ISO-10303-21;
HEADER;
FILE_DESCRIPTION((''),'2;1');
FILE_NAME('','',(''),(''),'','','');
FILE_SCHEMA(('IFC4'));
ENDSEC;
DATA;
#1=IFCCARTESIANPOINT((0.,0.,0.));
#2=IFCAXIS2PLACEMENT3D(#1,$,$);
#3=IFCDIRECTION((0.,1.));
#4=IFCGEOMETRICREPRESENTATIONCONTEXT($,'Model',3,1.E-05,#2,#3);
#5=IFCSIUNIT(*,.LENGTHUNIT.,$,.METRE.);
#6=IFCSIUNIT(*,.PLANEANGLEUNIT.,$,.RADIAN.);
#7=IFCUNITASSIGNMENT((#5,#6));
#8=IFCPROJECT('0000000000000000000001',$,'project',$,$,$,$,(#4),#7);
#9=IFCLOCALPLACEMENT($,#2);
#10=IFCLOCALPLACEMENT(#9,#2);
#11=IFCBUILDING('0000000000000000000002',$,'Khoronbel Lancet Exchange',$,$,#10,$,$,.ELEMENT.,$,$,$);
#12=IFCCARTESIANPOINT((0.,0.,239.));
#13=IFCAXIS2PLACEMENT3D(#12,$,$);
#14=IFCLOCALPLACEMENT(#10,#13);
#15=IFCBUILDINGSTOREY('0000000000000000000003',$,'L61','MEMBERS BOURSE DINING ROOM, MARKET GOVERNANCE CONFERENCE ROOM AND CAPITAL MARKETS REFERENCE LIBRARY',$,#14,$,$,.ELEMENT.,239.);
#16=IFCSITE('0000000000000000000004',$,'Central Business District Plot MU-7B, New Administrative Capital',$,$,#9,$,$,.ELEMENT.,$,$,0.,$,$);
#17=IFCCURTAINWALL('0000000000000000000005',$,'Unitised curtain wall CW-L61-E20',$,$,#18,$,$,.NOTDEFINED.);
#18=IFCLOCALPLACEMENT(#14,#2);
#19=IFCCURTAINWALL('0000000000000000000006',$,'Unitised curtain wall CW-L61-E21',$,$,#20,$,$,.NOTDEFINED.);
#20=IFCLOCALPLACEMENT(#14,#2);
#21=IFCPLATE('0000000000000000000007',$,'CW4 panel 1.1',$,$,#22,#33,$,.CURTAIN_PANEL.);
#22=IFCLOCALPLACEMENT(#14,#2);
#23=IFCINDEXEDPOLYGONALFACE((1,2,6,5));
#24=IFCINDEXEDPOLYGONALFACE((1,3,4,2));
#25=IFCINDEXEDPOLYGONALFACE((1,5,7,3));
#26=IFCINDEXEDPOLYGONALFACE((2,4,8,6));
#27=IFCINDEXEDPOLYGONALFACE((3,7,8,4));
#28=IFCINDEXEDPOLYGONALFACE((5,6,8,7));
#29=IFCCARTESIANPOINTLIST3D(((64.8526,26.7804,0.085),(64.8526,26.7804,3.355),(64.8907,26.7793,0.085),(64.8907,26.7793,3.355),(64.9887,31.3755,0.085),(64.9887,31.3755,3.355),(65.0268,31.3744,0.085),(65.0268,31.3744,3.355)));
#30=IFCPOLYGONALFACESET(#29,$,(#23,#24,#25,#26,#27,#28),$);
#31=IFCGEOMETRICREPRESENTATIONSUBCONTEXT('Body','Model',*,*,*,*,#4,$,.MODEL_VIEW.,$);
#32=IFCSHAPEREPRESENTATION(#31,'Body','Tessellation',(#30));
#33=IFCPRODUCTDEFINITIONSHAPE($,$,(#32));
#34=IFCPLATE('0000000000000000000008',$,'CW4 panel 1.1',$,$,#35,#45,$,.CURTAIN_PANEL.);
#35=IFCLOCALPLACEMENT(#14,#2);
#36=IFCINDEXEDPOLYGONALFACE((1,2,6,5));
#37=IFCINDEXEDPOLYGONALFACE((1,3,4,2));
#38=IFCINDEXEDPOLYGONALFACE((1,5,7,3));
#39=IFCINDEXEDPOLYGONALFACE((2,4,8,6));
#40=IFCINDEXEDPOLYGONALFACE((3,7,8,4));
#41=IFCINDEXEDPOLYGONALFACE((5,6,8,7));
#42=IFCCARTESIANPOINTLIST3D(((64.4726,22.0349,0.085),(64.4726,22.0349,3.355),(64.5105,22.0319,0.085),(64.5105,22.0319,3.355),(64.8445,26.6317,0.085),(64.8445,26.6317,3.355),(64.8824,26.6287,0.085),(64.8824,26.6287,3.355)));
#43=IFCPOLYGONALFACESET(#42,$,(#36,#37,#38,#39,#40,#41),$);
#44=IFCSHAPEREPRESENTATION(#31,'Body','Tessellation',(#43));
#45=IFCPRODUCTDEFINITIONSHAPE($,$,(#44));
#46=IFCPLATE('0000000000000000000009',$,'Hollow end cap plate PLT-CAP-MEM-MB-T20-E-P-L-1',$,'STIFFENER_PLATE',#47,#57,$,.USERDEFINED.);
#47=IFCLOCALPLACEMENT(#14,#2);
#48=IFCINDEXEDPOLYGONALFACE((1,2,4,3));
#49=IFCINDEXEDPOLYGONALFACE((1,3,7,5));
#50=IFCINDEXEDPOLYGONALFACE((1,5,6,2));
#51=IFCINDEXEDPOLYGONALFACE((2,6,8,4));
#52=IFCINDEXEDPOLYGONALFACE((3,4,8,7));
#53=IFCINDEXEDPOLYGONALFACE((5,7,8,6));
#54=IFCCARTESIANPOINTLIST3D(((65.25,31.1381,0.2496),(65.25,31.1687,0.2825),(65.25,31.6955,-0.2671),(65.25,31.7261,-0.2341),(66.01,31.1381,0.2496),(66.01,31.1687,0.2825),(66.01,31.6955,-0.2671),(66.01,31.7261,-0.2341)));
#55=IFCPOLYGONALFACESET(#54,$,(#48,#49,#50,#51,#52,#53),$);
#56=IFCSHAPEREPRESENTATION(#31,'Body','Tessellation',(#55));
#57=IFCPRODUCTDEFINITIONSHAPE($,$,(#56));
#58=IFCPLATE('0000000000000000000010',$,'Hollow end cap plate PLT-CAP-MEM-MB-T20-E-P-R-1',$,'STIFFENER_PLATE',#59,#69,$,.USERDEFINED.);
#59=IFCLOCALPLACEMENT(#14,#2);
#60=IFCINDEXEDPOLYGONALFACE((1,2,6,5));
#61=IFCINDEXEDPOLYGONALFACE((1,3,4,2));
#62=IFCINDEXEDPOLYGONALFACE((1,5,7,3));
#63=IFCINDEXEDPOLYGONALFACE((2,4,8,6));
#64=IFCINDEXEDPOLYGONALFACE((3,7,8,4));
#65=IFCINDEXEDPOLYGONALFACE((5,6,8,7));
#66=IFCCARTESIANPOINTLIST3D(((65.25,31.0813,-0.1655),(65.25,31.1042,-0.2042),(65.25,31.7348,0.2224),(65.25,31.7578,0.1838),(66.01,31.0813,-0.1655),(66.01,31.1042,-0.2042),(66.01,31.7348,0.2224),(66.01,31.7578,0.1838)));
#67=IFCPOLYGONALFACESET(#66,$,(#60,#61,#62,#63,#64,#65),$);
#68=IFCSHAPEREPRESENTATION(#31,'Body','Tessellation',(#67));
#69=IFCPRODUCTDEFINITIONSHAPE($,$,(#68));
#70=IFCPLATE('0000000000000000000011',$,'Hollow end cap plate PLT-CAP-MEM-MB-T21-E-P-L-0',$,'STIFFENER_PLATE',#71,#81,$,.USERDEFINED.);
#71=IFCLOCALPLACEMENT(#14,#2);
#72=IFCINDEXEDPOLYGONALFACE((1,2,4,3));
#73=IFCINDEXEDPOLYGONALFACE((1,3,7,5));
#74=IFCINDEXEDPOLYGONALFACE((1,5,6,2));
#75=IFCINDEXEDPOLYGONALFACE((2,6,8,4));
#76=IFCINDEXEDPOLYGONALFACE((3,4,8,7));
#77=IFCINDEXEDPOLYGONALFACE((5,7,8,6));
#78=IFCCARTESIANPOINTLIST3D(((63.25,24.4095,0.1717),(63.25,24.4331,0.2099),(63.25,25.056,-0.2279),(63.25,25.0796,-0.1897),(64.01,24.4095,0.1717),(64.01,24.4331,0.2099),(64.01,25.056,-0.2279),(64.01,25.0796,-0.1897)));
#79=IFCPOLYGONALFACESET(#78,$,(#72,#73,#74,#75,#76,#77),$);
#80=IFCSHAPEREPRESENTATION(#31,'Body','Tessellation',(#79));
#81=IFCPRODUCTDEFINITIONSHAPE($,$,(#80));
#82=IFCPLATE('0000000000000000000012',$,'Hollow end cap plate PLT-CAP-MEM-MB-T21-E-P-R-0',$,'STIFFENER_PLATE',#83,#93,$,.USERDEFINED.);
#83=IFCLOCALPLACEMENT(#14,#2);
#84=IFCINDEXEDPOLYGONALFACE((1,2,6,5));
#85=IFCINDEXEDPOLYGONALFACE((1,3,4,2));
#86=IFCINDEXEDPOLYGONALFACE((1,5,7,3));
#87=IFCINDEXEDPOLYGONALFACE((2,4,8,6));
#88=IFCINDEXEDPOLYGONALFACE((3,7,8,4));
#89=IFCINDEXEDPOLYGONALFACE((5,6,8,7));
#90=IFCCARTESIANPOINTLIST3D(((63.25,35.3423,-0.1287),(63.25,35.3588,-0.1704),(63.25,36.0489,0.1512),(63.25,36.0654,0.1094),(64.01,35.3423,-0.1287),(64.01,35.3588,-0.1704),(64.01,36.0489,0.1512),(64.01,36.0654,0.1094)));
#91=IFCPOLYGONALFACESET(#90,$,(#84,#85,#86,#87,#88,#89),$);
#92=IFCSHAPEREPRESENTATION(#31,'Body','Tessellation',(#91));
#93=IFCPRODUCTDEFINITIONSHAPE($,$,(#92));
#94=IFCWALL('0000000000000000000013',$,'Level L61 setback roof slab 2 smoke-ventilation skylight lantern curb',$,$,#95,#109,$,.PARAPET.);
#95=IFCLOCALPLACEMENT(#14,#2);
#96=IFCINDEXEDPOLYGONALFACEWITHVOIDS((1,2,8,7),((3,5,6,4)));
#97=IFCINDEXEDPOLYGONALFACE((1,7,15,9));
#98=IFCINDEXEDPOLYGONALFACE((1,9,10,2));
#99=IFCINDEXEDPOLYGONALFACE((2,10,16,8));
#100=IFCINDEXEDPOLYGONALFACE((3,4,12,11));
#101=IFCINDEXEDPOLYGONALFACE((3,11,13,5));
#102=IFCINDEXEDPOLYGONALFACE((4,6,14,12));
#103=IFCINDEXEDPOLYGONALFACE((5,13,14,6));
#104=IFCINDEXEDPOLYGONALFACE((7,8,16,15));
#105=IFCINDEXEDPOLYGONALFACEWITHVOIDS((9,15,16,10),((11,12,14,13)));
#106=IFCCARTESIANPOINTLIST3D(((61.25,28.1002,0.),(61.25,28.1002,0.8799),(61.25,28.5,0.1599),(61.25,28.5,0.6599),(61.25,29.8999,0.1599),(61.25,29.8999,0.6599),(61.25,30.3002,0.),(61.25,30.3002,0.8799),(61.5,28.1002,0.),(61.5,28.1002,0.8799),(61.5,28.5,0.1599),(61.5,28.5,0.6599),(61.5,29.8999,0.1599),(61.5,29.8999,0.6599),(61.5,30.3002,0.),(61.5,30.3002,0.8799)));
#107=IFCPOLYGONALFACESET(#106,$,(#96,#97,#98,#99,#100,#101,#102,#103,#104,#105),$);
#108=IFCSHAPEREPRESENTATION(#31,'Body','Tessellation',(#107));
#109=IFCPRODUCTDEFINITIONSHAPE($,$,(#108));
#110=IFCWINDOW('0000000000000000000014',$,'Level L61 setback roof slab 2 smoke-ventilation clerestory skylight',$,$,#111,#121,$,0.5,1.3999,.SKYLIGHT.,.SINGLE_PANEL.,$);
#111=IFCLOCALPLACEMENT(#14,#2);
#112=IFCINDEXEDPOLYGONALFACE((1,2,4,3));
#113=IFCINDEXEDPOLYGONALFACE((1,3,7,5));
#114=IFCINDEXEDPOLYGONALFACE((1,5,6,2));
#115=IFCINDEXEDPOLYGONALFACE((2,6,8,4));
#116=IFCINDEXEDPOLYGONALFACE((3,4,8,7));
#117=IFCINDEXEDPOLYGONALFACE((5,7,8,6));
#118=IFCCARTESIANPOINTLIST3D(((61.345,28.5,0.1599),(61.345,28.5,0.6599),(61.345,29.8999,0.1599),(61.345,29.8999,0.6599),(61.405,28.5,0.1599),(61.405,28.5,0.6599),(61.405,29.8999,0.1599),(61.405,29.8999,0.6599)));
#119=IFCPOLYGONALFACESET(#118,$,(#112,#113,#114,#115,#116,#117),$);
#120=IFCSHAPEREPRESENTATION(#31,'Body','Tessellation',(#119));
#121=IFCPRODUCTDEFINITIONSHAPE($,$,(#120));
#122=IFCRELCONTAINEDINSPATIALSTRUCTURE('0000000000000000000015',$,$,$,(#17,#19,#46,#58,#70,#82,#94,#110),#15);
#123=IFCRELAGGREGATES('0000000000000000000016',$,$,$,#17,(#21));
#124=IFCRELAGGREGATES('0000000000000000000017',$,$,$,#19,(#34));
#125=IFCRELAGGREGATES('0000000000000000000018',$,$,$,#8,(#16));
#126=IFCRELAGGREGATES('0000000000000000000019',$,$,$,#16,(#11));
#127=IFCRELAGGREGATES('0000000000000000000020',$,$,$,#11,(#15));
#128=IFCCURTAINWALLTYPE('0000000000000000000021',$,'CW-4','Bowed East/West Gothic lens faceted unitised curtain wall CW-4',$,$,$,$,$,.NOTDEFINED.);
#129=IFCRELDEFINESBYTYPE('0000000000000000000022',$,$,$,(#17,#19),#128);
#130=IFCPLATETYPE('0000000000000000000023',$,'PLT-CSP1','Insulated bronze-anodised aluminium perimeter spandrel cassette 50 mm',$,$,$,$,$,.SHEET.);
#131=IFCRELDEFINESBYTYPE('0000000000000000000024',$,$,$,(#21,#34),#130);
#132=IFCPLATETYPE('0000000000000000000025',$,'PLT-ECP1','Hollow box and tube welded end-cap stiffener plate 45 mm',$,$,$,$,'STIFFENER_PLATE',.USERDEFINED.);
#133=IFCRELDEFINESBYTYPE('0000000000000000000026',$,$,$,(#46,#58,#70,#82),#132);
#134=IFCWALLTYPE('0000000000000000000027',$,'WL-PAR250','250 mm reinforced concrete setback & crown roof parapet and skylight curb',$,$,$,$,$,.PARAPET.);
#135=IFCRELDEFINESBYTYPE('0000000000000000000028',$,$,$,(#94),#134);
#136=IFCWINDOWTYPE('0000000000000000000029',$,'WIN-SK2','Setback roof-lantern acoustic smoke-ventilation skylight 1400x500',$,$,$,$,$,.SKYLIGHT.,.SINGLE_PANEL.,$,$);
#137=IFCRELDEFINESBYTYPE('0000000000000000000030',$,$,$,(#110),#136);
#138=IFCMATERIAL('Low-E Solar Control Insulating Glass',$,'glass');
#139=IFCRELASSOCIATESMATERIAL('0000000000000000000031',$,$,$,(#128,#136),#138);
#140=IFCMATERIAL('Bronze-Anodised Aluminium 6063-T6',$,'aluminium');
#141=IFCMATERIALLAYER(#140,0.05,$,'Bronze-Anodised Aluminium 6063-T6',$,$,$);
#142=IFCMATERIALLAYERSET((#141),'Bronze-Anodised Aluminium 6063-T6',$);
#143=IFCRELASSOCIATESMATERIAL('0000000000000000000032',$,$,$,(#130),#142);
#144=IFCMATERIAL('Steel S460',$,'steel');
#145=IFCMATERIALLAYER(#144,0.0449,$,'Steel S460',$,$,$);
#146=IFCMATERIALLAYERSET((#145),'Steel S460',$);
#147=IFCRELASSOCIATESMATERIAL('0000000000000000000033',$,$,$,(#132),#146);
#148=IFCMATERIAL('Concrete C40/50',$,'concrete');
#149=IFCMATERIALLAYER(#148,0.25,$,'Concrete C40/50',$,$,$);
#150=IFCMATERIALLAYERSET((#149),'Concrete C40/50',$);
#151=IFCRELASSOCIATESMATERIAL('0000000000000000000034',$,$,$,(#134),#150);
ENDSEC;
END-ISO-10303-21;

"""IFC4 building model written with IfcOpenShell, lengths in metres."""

from ifc_helpers import new_model, si_unit, direction, frame, frame_2d, origin, origin_2d, place, context, subcontext, project, spatial, polyline, rectangle, outline, extrude, material, layer, layer_set, type_object, element, fill, aggregate, save


model = new_model("IFC4")

# Units and contexts
model_context = context("Model", 3, precision=1e-05, world=origin(), true_north=direction((0.0, 1.0)))
body_context = subcontext(model_context, "Body", "Model", "MODEL_VIEW")
ifc_project = project(units=[si_unit("LENGTHUNIT", "METRE"), si_unit("PLANEANGLEUNIT", "RADIAN")], contexts=[model_context])

# Site, building, storey
site_placement = place(None, origin())
site = spatial("IfcSite", under=ifc_project, at=site_placement, Name="Central Business District Plot MU-7B, New Administrative Capital", CompositionType="ELEMENT", RefElevation=0.0)
building_placement = place(site_placement, origin())
building = spatial("IfcBuilding", under=site, at=building_placement, Name="Khoronbel Lancet Exchange", CompositionType="ELEMENT")
storey_placement = place(building_placement, frame((0.0, 0.0, 239.0)))
storey = spatial("IfcBuildingStorey", under=building, at=storey_placement, Name="L61", Description="MEMBERS BOURSE DINING ROOM, MARKET GOVERNANCE CONFERENCE ROOM AND CAPITAL MARKETS REFERENCE LIBRARY", CompositionType="ELEMENT", Elevation=239.0)

# Shared definitions
ifc_material_1 = material(Name="Low-E Solar Control Insulating Glass", Category="glass")
curtain_wall_type = type_object("IfcCurtainWallType", Name="CW-4", Description="Bowed East/West Gothic lens faceted unitised curtain wall CW-4", PredefinedType="NOTDEFINED", material=ifc_material_1)
ifc_material_2 = material(Name="Bronze-Anodised Aluminium 6063-T6", Category="aluminium")

# Curtain wall
curtain_wall_1_placement = place(storey_placement, origin())
curtain_wall_1 = element("IfcCurtainWall", 1, at=curtain_wall_1_placement, inside=storey, type_object=curtain_wall_type, Name="Unitised curtain wall CW-L61-E20", PredefinedType="NOTDEFINED")

# Curtain wall
curtain_wall_2_placement = place(storey_placement, origin())
curtain_wall_2 = element("IfcCurtainWall", 2, at=curtain_wall_2_placement, inside=storey, type_object=curtain_wall_type, Name="Unitised curtain wall CW-L61-E21", PredefinedType="NOTDEFINED")

# Shared definitions
ifc_material_3 = material(Name="Steel S460", Category="steel")

# Plates
ifc_layer_1 = layer(ifc_material_2, 0.05, Name="Bronze-Anodised Aluminium 6063-T6")
ifc_layer_set_1 = layer_set([ifc_layer_1], Name="Bronze-Anodised Aluminium 6063-T6")
plate_type_1 = type_object("IfcPlateType", Name="PLT-CSP1", Description="Insulated bronze-anodised aluminium perimeter spandrel cassette 50 mm", PredefinedType="SHEET", material=ifc_layer_set_1)
plate_1_placement = place(storey_placement, frame((64.9397, 29.0774, 0.085), z_axis=(0.0, 0.0, 1.0), x_axis=(-0.029618, -0.999561, 0.0)))
plate_1 = element("IfcPlate", 3, at=plate_1_placement, type_object=plate_type_1, Name="CW4 panel 1.1", PredefinedType="CURTAIN_PANEL", context=body_context, shape_type="SweptSolid", body=[
    extrude(rectangle(XDim=4.5972, YDim=0.0381, at=origin_2d()), origin(), (0.0, 0.0, 1.0), 3.27),
])
aggregate(curtain_wall_1, [plate_1])
plate_2_placement = place(storey_placement, frame((64.6775, 24.3318, 0.085), z_axis=(0.0, 0.0, 1.0), x_axis=(-0.08064, -0.996743, 0.0)))
plate_2 = element("IfcPlate", 4, at=plate_2_placement, type_object=plate_type_1, Name="CW4 panel 1.1", PredefinedType="CURTAIN_PANEL", context=body_context, shape_type="SweptSolid", body=[
    extrude(rectangle(XDim=4.6118, YDim=0.0381, at=origin_2d()), origin(), (0.0, 0.0, 1.0), 3.27),
])
aggregate(curtain_wall_2, [plate_2])

# Plates
ifc_layer_2 = layer(ifc_material_3, 0.0449, Name="Steel S460")
ifc_layer_set_2 = layer_set([ifc_layer_2], Name="Steel S460")
plate_type_2 = type_object("IfcPlateType", Name="PLT-ECP1", Description="Hollow box and tube welded end-cap stiffener plate 45 mm", ElementType="STIFFENER_PLATE", PredefinedType="USERDEFINED", material=ifc_layer_set_2)
for number, where, z_axis, x_axis, name in (
    (5, (66.01, 31.7261, -0.2341), (0.0, 0.679773, 0.733422), (-1.0, 0.0, 0.0), "Hollow end cap plate PLT-CAP-MEM-MB-T20-E-P-L-1"),
    (6, (65.25, 31.0813, -0.1655), (0.0, -0.510427, 0.859921), (1.0, 0.0, 0.0), "Hollow end cap plate PLT-CAP-MEM-MB-T20-E-P-R-1"),
    (7, (64.01, 25.0796, -0.1897), (0.0, 0.525835, 0.850587), (-1.0, 0.0, 0.0), "Hollow end cap plate PLT-CAP-MEM-MB-T21-E-P-L-0"),
    (8, (63.25, 35.3423, -0.1287), (0.0, -0.368176, 0.929756), (1.0, 0.0, 0.0), "Hollow end cap plate PLT-CAP-MEM-MB-T21-E-P-R-0"),
):
    element("IfcPlate", number, at=place(storey_placement, frame(where, z_axis=z_axis, x_axis=x_axis)), inside=storey, type_object=plate_type_2, Name=name, ObjectType="STIFFENER_PLATE", PredefinedType="USERDEFINED", context=body_context, shape_type="SweptSolid", body=[
        extrude(outline(polyline([(0.0, 0.0), (0.76, 0.0), (0.76, 0.76), (0.0, 0.76), (0.0, 0.0)])), origin(), (0.0, 0.0, -1.0), 0.0449),
    ])

# Wall, opening, window
ifc_material_4 = material(Name="Concrete C40/50", Category="concrete")
ifc_layer_3 = layer(ifc_material_4, 0.25, Name="Concrete C40/50")
ifc_layer_set_3 = layer_set([ifc_layer_3], Name="Concrete C40/50")
wall_type = type_object("IfcWallType", Name="WL-PAR250", Description="250 mm reinforced concrete setback & crown roof parapet and skylight curb", PredefinedType="PARAPET", material=ifc_layer_set_3)
wall_placement = place(storey_placement, frame((61.375, 28.1001, 0.0), z_axis=(0.0, 0.0, 1.0), x_axis=(0.0, 1.0, 0.0)))
wall = element("IfcWall", 9, at=wall_placement, inside=storey, type_object=wall_type, Name="Level L61 setback roof slab 2 smoke-ventilation skylight lantern curb", PredefinedType="PARAPET", context=body_context, shape_type="SweptSolid", body=[
    extrude(rectangle(XDim=2.2, YDim=0.25, at=frame_2d((1.1001, 0.0))), origin(), (0.0, 0.0, 1.0), 0.8799),
])
opening_placement = place(wall_placement, frame((0.3999, 0.0, 0.1599)))
opening = element("IfcOpeningElement", 10, at=opening_placement, cuts=wall, PredefinedType="OPENING", context=body_context, shape_type="SweptSolid", body=[
    extrude(rectangle(XDim=1.3999, YDim=0.5, at=frame_2d((0.7, 0.25))), frame((0.0, 0.135, 0.0), z_axis=(0.0, -1.0, 0.0), x_axis=(1.0, 0.0, 0.0)), (0.0, 0.0, 1.0), 0.27),
])
window_type = type_object("IfcWindowType", Name="WIN-SK2", Description="Setback roof-lantern acoustic smoke-ventilation skylight 1400x500", PartitioningType="SINGLE_PANEL", PredefinedType="SKYLIGHT", material=ifc_material_1)
window_placement = place(opening_placement, origin())
window = element("IfcWindow", 11, at=window_placement, inside=storey, type_object=window_type, Name="Level L61 setback roof slab 2 smoke-ventilation clerestory skylight", OverallHeight=0.5, OverallWidth=1.3999, PartitioningType="SINGLE_PANEL", PredefinedType="SKYLIGHT", context=body_context, shape_type="SweptSolid", body=[
    extrude(rectangle(XDim=1.3999, YDim=0.5, at=frame_2d((0.7, 0.25))), frame((0.0, 0.03, 0.0), z_axis=(0.0, -1.0, 0.0), x_axis=(1.0, 0.0, 0.0)), (0.0, 0.0, 1.0), 0.0601),
])
fill(opening, window)

save(model, "model.ifc")
